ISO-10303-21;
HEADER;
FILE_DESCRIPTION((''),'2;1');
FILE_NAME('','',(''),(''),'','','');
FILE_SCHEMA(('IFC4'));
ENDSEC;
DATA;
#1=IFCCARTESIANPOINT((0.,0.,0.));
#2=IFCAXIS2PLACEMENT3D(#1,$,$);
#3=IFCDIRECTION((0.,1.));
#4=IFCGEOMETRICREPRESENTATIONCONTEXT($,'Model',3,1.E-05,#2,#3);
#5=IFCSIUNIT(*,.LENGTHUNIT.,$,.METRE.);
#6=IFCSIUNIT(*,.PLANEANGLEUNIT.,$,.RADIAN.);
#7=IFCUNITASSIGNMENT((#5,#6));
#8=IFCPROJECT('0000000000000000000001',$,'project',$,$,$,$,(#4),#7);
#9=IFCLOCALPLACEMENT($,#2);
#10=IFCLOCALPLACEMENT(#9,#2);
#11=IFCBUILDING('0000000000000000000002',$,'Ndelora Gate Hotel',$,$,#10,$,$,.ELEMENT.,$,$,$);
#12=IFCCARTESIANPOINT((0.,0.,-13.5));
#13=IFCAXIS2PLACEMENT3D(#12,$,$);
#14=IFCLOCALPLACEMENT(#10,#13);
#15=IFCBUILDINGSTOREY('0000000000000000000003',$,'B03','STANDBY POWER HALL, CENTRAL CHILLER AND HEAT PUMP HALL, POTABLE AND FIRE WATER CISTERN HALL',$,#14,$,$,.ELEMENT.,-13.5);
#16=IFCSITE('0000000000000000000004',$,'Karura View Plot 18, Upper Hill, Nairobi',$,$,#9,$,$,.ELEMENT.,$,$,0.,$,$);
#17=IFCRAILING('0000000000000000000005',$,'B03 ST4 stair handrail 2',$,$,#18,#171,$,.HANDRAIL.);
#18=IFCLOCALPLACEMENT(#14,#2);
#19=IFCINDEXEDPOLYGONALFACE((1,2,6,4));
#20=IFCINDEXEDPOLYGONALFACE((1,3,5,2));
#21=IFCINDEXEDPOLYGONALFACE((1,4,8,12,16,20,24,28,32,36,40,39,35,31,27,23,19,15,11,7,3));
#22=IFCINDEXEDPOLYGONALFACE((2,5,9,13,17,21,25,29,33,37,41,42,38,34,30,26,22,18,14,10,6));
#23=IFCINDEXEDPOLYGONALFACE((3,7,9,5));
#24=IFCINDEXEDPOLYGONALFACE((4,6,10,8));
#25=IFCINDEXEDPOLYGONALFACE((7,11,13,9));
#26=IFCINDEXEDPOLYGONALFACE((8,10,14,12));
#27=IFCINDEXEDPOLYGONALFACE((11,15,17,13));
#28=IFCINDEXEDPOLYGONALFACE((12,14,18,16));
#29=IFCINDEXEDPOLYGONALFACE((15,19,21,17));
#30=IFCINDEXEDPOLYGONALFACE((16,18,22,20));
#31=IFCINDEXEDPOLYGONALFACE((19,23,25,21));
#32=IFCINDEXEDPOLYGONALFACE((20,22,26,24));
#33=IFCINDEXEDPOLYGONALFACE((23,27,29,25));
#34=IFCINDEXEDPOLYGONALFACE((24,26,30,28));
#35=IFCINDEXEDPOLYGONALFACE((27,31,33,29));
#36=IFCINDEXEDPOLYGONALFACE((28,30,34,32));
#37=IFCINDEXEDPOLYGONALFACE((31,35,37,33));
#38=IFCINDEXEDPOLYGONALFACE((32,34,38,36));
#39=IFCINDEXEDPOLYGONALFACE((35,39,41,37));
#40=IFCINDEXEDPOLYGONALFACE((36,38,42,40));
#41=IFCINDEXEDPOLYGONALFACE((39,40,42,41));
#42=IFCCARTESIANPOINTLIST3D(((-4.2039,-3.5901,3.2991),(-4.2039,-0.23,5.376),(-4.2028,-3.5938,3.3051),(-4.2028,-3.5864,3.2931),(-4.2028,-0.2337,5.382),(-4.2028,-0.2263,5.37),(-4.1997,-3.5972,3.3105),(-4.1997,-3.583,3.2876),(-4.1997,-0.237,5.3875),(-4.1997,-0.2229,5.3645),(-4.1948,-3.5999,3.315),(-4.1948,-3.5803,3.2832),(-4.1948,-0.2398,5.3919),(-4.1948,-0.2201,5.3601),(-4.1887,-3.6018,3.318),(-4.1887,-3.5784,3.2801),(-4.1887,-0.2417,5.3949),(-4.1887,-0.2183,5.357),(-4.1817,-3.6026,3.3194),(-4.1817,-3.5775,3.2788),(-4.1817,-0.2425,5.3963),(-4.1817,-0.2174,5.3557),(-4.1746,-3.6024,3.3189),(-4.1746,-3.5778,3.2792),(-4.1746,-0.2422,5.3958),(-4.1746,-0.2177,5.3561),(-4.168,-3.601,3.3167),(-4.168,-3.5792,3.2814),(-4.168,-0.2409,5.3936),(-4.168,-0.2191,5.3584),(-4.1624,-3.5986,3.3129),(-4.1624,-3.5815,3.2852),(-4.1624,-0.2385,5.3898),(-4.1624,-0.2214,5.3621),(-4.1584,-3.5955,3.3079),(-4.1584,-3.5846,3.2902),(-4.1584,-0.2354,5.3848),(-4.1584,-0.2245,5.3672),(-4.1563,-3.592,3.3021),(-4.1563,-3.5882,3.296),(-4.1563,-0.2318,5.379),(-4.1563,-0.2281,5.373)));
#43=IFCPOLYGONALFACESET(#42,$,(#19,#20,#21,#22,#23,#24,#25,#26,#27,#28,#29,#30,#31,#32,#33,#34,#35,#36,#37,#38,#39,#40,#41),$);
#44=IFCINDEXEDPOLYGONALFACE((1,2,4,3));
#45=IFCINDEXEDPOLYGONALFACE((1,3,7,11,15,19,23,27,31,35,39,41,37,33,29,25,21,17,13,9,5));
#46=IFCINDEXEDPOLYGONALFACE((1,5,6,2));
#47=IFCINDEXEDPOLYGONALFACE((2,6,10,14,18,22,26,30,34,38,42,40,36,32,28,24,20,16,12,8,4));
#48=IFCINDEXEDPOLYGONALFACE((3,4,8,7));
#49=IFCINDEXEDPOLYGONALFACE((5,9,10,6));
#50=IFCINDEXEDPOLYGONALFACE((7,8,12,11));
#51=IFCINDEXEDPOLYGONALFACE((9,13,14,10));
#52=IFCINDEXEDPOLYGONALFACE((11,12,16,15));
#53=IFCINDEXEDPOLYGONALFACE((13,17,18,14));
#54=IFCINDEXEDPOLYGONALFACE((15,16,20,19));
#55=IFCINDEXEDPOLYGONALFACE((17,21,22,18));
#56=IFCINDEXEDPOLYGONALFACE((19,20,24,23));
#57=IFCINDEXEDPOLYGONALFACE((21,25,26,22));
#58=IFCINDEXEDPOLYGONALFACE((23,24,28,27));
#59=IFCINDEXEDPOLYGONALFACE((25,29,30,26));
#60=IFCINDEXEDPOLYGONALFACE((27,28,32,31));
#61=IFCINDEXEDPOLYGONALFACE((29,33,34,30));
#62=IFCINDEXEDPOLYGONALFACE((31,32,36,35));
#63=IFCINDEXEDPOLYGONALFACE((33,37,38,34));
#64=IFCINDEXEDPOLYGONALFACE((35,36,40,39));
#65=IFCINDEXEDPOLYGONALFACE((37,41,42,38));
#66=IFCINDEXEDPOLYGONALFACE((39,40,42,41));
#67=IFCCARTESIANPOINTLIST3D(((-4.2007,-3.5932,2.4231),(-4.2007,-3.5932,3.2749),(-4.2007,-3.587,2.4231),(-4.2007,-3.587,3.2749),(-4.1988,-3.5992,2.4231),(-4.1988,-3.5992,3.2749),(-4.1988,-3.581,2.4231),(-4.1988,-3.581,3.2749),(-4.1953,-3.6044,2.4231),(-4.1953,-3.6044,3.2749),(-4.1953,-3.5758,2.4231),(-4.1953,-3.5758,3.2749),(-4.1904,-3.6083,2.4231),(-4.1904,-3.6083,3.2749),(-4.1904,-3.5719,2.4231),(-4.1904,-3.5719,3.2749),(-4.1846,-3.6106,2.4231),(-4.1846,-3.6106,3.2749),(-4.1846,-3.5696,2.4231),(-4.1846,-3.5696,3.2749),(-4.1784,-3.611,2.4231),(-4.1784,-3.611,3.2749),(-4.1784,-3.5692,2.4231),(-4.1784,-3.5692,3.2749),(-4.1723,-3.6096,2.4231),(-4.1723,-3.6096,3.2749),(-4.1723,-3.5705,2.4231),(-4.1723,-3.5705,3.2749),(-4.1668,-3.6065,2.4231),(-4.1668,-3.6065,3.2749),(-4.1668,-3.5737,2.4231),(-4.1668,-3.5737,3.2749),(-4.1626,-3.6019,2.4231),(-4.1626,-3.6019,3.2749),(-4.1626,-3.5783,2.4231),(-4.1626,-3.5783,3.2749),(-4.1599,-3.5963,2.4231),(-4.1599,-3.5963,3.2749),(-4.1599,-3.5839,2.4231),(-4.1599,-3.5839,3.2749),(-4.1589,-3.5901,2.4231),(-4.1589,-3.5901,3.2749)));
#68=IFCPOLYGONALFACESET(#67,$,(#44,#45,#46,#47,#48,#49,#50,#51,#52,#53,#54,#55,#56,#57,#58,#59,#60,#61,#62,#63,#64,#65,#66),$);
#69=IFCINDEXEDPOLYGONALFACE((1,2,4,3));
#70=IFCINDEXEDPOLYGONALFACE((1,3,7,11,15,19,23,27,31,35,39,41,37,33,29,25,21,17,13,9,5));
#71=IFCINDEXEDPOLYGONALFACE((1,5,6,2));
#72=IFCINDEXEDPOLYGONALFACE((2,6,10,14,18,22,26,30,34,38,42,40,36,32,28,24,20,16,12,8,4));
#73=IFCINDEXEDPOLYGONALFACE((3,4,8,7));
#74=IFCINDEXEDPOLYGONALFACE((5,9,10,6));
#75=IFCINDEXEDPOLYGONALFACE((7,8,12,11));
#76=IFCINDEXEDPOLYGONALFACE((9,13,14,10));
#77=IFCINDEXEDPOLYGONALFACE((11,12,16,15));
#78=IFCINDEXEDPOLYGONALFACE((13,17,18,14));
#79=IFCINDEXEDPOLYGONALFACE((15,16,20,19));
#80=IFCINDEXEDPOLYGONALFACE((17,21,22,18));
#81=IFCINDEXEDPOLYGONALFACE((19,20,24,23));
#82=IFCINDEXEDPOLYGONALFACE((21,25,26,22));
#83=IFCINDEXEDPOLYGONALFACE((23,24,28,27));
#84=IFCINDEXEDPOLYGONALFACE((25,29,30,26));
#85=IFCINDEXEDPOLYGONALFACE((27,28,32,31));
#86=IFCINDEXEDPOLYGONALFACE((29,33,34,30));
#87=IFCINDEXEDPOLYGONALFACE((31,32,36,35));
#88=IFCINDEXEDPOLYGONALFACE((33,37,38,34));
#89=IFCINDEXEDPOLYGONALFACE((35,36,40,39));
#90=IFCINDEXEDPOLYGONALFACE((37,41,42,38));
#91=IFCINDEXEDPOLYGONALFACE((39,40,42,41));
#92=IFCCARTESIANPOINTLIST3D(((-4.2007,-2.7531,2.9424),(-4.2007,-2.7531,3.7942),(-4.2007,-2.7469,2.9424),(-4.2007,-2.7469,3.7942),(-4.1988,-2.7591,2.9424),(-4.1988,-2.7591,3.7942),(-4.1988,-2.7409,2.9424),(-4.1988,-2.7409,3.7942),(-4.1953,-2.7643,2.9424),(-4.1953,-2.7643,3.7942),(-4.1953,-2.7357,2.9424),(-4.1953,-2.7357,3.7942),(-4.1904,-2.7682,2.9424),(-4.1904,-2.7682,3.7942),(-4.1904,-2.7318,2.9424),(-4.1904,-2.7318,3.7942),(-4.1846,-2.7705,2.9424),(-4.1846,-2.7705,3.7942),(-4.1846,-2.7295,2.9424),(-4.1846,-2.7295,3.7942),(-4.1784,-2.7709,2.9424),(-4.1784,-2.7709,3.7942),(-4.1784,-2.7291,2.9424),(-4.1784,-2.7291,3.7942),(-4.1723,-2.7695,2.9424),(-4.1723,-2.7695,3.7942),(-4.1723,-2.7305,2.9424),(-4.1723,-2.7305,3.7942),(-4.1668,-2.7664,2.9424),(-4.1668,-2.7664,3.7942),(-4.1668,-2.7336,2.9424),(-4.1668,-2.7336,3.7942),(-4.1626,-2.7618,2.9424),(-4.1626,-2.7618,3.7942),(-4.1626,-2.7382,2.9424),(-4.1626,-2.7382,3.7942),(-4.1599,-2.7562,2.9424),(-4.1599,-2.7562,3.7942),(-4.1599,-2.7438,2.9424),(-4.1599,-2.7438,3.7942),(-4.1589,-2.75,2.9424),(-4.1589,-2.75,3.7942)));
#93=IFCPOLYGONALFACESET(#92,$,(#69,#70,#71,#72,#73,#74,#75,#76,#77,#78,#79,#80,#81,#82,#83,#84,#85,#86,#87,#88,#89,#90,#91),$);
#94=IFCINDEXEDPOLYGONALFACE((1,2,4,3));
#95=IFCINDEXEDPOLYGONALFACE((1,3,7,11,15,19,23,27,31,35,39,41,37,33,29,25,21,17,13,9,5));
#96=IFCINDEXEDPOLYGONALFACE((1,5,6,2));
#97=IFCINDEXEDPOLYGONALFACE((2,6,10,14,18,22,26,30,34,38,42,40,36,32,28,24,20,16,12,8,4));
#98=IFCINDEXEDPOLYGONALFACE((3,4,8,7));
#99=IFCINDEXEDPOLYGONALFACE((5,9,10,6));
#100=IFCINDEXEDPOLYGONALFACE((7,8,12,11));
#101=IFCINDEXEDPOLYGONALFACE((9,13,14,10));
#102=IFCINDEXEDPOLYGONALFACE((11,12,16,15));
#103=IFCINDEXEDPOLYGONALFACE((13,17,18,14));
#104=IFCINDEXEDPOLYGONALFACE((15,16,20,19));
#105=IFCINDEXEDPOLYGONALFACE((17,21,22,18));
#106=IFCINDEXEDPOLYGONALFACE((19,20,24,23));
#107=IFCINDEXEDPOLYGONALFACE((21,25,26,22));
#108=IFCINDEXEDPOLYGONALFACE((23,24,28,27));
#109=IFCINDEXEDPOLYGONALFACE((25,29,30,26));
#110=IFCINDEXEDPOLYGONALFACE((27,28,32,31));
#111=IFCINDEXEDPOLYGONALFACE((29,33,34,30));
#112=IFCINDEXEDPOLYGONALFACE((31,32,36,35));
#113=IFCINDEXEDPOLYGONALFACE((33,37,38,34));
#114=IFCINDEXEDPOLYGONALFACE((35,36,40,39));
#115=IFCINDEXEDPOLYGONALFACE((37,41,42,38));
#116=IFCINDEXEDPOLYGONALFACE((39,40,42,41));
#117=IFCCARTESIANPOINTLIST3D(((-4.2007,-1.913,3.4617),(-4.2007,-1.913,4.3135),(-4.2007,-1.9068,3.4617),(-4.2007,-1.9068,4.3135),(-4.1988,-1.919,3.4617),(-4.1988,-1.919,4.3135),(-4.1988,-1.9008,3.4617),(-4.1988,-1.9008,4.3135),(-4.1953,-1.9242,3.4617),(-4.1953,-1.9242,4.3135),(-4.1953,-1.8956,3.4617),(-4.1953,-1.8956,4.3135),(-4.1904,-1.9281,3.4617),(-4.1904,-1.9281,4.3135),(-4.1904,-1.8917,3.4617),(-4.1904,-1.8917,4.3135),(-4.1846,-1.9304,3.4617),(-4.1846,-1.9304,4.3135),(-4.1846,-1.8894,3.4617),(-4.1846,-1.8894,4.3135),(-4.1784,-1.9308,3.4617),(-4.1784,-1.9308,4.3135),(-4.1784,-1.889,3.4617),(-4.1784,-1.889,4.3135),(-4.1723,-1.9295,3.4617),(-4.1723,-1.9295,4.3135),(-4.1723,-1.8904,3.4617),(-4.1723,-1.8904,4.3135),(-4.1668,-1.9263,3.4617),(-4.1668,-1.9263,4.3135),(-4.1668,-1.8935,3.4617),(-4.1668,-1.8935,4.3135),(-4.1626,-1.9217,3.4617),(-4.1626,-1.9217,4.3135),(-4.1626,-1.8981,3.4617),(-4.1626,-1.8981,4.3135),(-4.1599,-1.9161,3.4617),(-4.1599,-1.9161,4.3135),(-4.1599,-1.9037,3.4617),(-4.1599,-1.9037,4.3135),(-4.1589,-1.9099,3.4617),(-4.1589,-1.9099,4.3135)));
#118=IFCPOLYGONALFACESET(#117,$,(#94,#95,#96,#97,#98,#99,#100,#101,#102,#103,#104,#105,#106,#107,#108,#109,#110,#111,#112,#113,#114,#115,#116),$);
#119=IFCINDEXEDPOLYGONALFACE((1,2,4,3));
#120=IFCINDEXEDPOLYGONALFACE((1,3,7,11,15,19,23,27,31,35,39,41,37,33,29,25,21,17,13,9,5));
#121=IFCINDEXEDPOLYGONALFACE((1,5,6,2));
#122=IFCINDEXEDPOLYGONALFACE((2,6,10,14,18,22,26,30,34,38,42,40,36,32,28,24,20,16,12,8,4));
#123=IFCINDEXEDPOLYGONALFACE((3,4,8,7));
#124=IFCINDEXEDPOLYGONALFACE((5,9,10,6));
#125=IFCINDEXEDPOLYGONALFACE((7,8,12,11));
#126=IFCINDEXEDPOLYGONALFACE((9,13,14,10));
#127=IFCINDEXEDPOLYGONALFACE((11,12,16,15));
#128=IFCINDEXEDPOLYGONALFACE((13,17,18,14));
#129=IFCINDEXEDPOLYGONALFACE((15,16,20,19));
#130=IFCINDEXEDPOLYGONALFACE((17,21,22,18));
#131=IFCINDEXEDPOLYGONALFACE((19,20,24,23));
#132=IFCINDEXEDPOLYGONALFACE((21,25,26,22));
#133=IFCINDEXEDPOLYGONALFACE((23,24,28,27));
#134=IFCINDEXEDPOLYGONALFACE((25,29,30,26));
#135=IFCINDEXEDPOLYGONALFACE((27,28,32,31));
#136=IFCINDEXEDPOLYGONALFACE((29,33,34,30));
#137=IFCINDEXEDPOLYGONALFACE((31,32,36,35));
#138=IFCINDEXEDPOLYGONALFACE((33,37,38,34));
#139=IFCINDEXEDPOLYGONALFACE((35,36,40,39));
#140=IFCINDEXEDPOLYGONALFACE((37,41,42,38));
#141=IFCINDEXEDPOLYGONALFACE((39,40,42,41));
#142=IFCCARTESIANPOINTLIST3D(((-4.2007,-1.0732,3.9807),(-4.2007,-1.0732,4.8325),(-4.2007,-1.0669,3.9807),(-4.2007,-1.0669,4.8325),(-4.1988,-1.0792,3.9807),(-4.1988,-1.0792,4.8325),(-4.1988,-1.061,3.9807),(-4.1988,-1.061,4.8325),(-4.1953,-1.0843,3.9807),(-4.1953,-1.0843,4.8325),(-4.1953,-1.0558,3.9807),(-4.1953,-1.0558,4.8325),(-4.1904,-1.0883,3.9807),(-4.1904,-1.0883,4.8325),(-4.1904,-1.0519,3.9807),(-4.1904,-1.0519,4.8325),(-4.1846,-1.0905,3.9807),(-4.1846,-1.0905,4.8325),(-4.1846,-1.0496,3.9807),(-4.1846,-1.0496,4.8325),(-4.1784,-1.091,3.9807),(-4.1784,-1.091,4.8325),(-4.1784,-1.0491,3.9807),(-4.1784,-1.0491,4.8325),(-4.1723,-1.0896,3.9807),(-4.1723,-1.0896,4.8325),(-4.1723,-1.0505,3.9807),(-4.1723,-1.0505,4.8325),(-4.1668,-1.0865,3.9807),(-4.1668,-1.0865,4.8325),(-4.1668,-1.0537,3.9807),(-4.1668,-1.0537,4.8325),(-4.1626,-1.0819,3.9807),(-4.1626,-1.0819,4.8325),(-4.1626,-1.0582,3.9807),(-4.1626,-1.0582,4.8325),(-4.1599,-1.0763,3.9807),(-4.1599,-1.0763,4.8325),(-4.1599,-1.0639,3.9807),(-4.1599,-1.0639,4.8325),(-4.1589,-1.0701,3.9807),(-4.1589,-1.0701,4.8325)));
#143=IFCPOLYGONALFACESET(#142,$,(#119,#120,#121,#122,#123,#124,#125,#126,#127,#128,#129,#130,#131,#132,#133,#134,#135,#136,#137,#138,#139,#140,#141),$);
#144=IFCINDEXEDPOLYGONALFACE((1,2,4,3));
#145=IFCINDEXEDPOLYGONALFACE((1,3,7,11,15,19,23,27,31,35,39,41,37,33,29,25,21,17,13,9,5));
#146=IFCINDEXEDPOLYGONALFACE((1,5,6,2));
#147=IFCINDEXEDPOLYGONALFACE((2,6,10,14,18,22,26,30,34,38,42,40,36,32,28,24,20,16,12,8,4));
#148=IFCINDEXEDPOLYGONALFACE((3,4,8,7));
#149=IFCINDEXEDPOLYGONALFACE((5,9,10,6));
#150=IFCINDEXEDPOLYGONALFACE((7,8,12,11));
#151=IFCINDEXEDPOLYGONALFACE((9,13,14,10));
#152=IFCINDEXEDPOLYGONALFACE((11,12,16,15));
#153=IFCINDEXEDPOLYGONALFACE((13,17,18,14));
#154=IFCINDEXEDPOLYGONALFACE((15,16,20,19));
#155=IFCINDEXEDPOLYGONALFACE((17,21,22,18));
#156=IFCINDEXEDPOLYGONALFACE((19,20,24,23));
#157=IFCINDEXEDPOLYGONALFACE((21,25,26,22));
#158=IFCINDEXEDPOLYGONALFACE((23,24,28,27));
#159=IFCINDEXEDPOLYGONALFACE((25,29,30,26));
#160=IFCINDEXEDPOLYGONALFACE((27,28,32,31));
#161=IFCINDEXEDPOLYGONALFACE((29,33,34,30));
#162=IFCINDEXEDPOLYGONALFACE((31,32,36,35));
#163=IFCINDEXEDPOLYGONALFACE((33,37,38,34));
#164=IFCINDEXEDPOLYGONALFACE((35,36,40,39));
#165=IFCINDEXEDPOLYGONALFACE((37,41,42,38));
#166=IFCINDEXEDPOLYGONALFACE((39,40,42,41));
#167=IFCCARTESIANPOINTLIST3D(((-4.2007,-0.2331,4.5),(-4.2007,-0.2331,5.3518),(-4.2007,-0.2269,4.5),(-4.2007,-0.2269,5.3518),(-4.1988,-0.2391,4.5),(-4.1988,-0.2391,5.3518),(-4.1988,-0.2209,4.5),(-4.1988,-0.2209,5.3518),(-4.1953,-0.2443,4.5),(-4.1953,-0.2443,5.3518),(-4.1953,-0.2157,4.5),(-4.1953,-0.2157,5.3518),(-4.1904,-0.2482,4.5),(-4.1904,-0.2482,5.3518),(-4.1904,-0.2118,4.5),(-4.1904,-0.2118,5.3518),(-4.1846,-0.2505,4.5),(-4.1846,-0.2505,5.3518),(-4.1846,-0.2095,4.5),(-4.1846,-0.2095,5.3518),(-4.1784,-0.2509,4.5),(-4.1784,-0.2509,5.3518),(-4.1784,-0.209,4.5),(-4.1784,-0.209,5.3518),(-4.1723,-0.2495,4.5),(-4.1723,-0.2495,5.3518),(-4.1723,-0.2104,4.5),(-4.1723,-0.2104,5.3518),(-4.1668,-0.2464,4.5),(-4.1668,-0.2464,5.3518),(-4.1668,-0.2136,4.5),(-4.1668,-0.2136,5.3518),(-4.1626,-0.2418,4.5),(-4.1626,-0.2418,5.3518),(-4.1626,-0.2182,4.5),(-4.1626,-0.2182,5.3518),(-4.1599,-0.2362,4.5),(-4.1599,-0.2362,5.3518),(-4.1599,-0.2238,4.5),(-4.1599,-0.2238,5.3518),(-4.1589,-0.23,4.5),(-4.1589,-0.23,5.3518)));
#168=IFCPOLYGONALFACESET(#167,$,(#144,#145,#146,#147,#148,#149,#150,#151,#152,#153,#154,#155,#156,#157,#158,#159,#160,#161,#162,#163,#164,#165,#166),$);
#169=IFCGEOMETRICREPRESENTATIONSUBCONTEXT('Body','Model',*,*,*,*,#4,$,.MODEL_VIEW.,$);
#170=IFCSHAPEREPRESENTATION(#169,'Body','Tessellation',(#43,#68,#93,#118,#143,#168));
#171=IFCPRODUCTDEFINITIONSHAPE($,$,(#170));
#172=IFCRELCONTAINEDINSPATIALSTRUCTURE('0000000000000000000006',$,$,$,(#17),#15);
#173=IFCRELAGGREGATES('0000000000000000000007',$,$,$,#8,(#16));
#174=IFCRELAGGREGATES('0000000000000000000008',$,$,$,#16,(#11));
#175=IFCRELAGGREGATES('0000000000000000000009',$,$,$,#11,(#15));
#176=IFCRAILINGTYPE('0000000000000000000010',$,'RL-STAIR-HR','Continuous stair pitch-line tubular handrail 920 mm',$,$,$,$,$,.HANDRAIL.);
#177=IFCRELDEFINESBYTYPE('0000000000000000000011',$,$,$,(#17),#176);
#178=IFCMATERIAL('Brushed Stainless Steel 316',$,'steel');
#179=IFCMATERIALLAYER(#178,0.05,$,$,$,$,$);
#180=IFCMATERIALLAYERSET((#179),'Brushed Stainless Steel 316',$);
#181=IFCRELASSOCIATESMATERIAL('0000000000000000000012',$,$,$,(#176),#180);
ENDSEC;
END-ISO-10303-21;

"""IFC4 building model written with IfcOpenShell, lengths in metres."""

from ifc_helpers import new_model, si_unit, direction, frame, origin, origin_2d, place, context, subcontext, project, spatial, circle, extrude, material, layer, layer_set, type_object, element, save


model = new_model("IFC4")

# Units and contexts
model_context = context("Model", 3, precision=1e-05, world=origin(), true_north=direction((0.0, 1.0)))
body_context = subcontext(model_context, "Body", "Model", "MODEL_VIEW")
ifc_project = project(units=[si_unit("LENGTHUNIT", "METRE"), si_unit("PLANEANGLEUNIT", "RADIAN")], contexts=[model_context])

# Site, building, storey
site_placement = place(None, origin())
site = spatial("IfcSite", under=ifc_project, at=site_placement, Name="Karura View Plot 18, Upper Hill, Nairobi", CompositionType="ELEMENT", RefElevation=0.0)
building_placement = place(site_placement, origin())
building = spatial("IfcBuilding", under=site, at=building_placement, Name="Ndelora Gate Hotel", CompositionType="ELEMENT")
storey_placement = place(building_placement, frame((0.0, 0.0, -13.5)))
storey = spatial("IfcBuildingStorey", under=building, at=storey_placement, Name="B03", Description="STANDBY POWER HALL, CENTRAL CHILLER AND HEAT PUMP HALL, POTABLE AND FIRE WATER CISTERN HALL", CompositionType="ELEMENT", Elevation=-13.5)

# Railing
ifc_material_1 = material(Name="Brushed Stainless Steel 316", Category="steel")
ifc_layer_1 = layer(ifc_material_1, 0.05)
ifc_layer_set_1 = layer_set([ifc_layer_1], Name="Brushed Stainless Steel 316")
railing_type_1 = type_object("IfcRailingType", Name="RL-STAIR-HR", Description="Continuous stair pitch-line tubular handrail 920 mm", PredefinedType="HANDRAIL", material=ifc_layer_set_1)
railing_1_placement = place(storey_placement, frame((-4.1799, -3.5901, 2.4231)))
element("IfcRailing", 1, at=railing_1_placement, inside=storey, type_object=railing_type_1, Name="B03 ST4 stair handrail 2", PredefinedType="HANDRAIL", context=body_context, shape_type="SweptSolid", body=[
    extrude(circle(Radius=0.0239, at=origin_2d()), frame((0.0, 0.0, 0.876), z_axis=(0.0, 0.850623, 0.525776), x_axis=(-1.0, 0.0, 0.0)), (0.0, 0.0, 1.0), 3.9502),
    extrude(circle(Radius=0.021, at=origin_2d()), origin(), (0.0, 0.0, 1.0), 0.8518),
    extrude(circle(Radius=0.021, at=origin_2d()), frame((0.0, 0.8401, 0.5193)), (0.0, 0.0, 1.0), 0.8518),
    extrude(circle(Radius=0.021, at=origin_2d()), frame((0.0, 1.6802, 1.0386)), (0.0, 0.0, 1.0), 0.8518),
    extrude(circle(Radius=0.021, at=origin_2d()), frame((0.0, 2.52, 1.5576)), (0.0, 0.0, 1.0), 0.8518),
    extrude(circle(Radius=0.021, at=origin_2d()), frame((0.0, 3.3601, 2.0769)), (0.0, 0.0, 1.0), 0.8518),
])

save(model, "model.ifc")
